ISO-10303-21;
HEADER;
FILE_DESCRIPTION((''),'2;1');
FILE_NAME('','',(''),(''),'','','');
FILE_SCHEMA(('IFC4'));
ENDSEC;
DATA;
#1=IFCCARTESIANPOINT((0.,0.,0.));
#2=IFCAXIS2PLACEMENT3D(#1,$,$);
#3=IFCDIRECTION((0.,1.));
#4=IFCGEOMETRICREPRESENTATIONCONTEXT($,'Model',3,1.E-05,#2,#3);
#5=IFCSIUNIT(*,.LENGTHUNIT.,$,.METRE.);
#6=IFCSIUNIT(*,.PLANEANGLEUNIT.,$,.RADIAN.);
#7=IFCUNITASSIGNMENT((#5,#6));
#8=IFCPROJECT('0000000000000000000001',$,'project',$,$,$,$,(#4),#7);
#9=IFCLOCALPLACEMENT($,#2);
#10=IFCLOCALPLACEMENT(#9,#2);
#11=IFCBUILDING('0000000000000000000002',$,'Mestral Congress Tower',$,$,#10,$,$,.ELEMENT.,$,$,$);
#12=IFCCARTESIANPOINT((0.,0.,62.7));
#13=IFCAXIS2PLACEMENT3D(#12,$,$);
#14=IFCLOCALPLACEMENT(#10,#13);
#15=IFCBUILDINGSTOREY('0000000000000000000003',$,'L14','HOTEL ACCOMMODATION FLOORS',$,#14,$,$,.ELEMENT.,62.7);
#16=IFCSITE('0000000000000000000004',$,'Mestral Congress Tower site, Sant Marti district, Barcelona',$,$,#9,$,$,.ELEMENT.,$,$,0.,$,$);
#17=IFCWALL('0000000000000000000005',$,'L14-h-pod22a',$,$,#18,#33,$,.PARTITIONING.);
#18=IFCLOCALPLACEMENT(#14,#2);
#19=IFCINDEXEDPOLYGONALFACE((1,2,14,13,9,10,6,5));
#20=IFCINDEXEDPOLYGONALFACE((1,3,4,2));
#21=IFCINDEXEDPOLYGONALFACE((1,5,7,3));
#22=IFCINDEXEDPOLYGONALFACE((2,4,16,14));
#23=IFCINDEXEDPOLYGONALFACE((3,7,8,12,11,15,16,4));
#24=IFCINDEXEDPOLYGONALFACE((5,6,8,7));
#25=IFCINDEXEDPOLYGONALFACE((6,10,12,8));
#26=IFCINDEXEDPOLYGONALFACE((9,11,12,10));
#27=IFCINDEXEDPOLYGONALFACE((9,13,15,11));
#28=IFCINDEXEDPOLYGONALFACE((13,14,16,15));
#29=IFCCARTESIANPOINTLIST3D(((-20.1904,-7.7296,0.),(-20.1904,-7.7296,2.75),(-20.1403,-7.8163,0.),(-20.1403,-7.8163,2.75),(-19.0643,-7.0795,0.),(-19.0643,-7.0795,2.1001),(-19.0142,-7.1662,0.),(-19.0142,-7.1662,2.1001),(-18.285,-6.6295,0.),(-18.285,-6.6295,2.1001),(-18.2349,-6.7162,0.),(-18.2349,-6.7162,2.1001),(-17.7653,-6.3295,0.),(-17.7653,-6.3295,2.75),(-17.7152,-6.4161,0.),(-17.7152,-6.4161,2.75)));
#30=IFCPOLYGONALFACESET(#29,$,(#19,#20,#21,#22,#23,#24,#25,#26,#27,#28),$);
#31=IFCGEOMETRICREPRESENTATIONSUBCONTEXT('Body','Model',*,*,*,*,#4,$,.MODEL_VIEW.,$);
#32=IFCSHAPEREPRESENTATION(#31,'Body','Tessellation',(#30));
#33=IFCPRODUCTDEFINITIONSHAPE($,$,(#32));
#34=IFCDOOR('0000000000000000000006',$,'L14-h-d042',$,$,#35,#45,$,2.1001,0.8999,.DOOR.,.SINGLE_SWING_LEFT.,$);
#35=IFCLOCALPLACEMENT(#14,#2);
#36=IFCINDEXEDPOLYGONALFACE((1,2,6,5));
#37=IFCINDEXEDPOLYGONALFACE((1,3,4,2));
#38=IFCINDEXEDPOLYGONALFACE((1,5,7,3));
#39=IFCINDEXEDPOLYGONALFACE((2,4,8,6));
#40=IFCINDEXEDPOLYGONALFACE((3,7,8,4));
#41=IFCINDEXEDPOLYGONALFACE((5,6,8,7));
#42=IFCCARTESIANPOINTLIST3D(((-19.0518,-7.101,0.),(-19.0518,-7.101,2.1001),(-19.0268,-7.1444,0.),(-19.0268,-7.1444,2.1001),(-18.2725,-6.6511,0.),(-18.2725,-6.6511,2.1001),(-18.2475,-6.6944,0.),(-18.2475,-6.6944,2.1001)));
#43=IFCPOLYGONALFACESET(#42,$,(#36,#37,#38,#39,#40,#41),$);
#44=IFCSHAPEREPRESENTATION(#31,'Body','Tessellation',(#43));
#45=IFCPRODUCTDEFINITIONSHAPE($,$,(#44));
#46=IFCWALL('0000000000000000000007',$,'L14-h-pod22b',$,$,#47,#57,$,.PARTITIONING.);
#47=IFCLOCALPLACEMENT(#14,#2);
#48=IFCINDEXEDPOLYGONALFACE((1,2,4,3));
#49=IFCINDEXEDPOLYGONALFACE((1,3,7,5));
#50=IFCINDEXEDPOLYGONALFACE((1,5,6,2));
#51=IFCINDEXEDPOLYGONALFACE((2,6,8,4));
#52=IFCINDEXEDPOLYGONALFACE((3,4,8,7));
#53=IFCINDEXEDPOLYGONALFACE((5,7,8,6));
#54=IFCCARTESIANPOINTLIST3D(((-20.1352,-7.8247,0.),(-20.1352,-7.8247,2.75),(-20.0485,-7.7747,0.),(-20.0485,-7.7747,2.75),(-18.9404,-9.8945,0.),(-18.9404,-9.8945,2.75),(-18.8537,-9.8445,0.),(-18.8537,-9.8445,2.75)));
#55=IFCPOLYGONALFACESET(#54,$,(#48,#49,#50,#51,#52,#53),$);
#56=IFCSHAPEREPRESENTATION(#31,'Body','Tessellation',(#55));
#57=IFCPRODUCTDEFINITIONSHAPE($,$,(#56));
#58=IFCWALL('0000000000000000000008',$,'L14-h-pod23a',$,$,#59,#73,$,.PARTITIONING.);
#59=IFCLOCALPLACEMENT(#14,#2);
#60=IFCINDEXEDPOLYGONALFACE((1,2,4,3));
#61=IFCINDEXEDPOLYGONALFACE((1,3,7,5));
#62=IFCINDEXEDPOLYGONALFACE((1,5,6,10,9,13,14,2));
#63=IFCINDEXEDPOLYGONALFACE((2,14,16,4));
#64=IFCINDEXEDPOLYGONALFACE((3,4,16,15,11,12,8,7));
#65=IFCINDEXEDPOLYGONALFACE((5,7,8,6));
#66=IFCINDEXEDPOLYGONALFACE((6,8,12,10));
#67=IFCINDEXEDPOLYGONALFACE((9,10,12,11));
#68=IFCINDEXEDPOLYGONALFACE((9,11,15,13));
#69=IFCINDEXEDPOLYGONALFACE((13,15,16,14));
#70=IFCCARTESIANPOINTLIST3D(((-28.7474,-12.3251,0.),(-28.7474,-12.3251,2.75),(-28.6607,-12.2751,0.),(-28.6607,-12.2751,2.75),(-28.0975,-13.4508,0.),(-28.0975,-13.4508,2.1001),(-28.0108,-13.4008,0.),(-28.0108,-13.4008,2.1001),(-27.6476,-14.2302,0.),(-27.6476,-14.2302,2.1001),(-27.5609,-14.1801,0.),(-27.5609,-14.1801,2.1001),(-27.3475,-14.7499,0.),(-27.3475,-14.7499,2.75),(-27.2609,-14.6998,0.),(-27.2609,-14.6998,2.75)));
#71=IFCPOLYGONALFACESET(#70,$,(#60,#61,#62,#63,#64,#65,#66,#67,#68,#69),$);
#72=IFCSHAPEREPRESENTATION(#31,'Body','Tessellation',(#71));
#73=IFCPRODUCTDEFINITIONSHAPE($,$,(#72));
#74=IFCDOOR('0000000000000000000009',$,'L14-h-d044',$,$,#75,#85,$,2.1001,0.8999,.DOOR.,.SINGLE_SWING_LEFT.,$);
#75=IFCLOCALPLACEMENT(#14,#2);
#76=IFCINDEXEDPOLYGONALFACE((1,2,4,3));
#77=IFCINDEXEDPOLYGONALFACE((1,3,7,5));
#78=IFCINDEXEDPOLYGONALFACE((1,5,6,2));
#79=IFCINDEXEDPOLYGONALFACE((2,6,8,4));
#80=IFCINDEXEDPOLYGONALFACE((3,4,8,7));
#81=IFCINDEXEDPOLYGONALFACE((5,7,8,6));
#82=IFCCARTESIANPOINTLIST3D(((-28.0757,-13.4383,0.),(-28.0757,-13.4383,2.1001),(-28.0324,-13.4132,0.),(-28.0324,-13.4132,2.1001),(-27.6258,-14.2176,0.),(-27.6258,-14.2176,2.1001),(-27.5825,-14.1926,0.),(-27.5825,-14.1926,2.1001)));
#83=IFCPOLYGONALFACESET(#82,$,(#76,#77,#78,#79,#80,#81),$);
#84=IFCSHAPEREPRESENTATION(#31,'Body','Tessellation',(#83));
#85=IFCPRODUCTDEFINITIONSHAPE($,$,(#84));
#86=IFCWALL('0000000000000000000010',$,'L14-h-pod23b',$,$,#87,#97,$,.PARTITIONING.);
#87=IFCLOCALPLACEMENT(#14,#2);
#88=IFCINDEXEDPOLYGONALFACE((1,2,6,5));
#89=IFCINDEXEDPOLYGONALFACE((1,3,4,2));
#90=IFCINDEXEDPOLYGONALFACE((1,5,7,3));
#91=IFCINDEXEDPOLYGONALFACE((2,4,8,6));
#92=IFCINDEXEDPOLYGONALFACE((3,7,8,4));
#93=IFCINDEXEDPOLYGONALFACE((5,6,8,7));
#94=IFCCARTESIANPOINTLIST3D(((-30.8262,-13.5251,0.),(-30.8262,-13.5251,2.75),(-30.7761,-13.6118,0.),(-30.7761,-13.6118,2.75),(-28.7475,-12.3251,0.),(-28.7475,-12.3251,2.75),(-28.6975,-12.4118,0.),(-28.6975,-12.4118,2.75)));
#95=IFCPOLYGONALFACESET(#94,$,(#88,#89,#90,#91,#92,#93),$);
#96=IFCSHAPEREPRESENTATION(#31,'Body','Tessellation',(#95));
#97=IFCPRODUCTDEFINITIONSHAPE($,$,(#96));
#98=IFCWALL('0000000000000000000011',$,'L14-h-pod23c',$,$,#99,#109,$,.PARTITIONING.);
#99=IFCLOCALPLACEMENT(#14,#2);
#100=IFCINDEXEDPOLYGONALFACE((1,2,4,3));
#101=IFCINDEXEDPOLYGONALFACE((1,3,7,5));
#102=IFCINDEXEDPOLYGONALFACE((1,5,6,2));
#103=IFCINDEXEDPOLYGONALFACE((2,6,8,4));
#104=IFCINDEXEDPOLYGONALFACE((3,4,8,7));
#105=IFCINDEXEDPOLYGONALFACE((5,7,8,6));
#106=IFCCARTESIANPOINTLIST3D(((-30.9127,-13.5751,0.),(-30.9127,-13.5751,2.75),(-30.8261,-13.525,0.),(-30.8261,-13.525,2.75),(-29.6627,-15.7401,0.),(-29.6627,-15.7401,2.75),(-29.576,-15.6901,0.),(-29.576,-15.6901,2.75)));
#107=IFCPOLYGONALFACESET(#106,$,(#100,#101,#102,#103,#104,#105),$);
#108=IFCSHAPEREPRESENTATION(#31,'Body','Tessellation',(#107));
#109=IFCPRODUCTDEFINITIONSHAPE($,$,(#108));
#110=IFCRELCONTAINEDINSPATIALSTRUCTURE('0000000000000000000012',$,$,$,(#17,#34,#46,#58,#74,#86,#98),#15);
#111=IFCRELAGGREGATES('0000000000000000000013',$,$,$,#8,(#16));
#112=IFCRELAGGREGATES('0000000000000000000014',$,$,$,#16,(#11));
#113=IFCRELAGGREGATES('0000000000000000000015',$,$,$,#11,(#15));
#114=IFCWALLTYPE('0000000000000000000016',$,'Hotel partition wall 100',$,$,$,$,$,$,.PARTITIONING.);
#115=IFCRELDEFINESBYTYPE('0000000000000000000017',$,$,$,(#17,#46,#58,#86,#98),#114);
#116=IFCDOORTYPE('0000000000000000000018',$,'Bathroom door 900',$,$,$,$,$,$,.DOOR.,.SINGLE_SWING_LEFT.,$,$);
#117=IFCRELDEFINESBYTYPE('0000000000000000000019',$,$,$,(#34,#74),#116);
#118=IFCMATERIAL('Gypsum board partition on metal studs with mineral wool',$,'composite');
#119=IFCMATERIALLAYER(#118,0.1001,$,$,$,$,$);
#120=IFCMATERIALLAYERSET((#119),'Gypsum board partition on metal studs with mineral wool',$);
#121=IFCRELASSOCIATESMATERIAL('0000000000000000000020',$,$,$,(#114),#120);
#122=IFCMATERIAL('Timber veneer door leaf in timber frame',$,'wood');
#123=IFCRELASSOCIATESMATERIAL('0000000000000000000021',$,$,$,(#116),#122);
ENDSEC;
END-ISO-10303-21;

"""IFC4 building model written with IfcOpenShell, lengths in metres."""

from ifc_helpers import new_model, si_unit, direction, frame, frame_2d, origin, place, context, subcontext, project, spatial, rectangle, extrude, material, layer, layer_set, type_object, element, fill, save


model = new_model("IFC4")

# Units and contexts
model_context = context("Model", 3, precision=1e-05, world=origin(), true_north=direction((0.0, 1.0)))
body_context = subcontext(model_context, "Body", "Model", "MODEL_VIEW")
ifc_project = project(units=[si_unit("LENGTHUNIT", "METRE"), si_unit("PLANEANGLEUNIT", "RADIAN")], contexts=[model_context])

# Site, building, storey
site_placement = place(None, origin())
site = spatial("IfcSite", under=ifc_project, at=site_placement, Name="Mestral Congress Tower site, Sant Marti district, Barcelona", CompositionType="ELEMENT", RefElevation=0.0)
building_placement = place(site_placement, origin())
building = spatial("IfcBuilding", under=site, at=building_placement, Name="Mestral Congress Tower", CompositionType="ELEMENT")
storey_placement = place(building_placement, frame((0.0, 0.0, 62.7)))
storey = spatial("IfcBuildingStorey", under=building, at=storey_placement, Name="L14", Description="HOTEL ACCOMMODATION FLOORS", CompositionType="ELEMENT", Elevation=62.7)

# Shared definitions
ifc_material_1 = material(Name="Gypsum board partition on metal studs with mineral wool", Category="composite")
ifc_layer_1 = layer(ifc_material_1, 0.1001)
ifc_layer_set_1 = layer_set([ifc_layer_1], Name="Gypsum board partition on metal studs with mineral wool")
wall_type_1 = type_object("IfcWallType", Name="Hotel partition wall 100", PredefinedType="PARTITIONING", material=ifc_layer_set_1)

# Wall, opening, door
wall_1_placement = place(storey_placement, frame((-17.7402, -6.3728, 0.0), z_axis=(0.0, 0.0, 1.0), x_axis=(-0.866019, -0.500012, 0.0)))
wall_1 = element("IfcWall", 1, at=wall_1_placement, inside=storey, type_object=wall_type_1, Name="L14-h-pod22a", PredefinedType="PARTITIONING", context=body_context, shape_type="SweptSolid", body=[
    extrude(rectangle(XDim=2.8003, YDim=0.1001, at=frame_2d((1.4001, 0.0))), origin(), (0.0, 0.0, 1.0), 2.75),
])
opening_1_placement = place(wall_1_placement, frame((0.6001, 0.0, 0.0)))
opening_1 = element("IfcOpeningElement", 2, at=opening_1_placement, cuts=wall_1, PredefinedType="OPENING", context=body_context, shape_type="SweptSolid", body=[
    extrude(rectangle(XDim=0.8999, YDim=2.1001, at=frame_2d((0.45, 1.05))), frame((0.0, 0.0601, 0.0), z_axis=(0.0, -1.0, 0.0), x_axis=(1.0, 0.0, 0.0)), (0.0, 0.0, 1.0), 0.1201),
])
ifc_material_2 = material(Name="Timber veneer door leaf in timber frame", Category="wood")
door_type_1 = type_object("IfcDoorType", Name="Bathroom door 900", OperationType="SINGLE_SWING_LEFT", PredefinedType="DOOR", material=ifc_material_2)
door_1_placement = place(opening_1_placement, origin())
door_1 = element("IfcDoor", 3, at=door_1_placement, inside=storey, type_object=door_type_1, Name="L14-h-d042", OperationType="SINGLE_SWING_LEFT", OverallHeight=2.1001, OverallWidth=0.8999, PredefinedType="DOOR", context=body_context, shape_type="SweptSolid", body=[
    extrude(rectangle(XDim=0.8999, YDim=2.1001, at=frame_2d((0.45, 1.05))), frame((0.0, 0.0249, 0.0), z_axis=(0.0, -1.0, 0.0), x_axis=(1.0, 0.0, 0.0)), (0.0, 0.0, 1.0), 0.05),
])
fill(opening_1, door_1)

# Wall
wall_2_placement = place(storey_placement, frame((-20.0918, -7.7998, 0.0), z_axis=(0.0, 0.0, 1.0), x_axis=(0.499941, -0.86606, 0.0)))
element("IfcWall", 4, at=wall_2_placement, inside=storey, type_object=wall_type_1, Name="L14-h-pod22b", PredefinedType="PARTITIONING", context=body_context, shape_type="SweptSolid", body=[
    extrude(rectangle(XDim=2.3899, YDim=0.1001, at=frame_2d((1.1948, 0.0))), origin(), (0.0, 0.0, 1.0), 2.75),
])

# Wall, opening, door
wall_3_placement = place(storey_placement, frame((-27.3042, -14.7249, 0.0), z_axis=(0.0, 0.0, 1.0), x_axis=(-0.499984, 0.866035, 0.0)))
wall_3 = element("IfcWall", 5, at=wall_3_placement, inside=storey, type_object=wall_type_1, Name="L14-h-pod23a", PredefinedType="PARTITIONING", context=body_context, shape_type="SweptSolid", body=[
    extrude(rectangle(XDim=2.7998, YDim=0.1001, at=frame_2d((1.3999, 0.0))), origin(), (0.0, 0.0, 1.0), 2.75),
])
opening_2_placement = place(wall_3_placement, frame((0.6001, 0.0, 0.0)))
opening_2 = element("IfcOpeningElement", 6, at=opening_2_placement, cuts=wall_3, PredefinedType="OPENING", context=body_context, shape_type="SweptSolid", body=[
    extrude(rectangle(XDim=0.8999, YDim=2.1001, at=frame_2d((0.45, 1.05))), frame((0.0, 0.0601, 0.0), z_axis=(0.0, -1.0, 0.0), x_axis=(1.0, 0.0, 0.0)), (0.0, 0.0, 1.0), 0.1201),
])
door_2_placement = place(opening_2_placement, origin())
door_2 = element("IfcDoor", 7, at=door_2_placement, inside=storey, type_object=door_type_1, Name="L14-h-d044", OperationType="SINGLE_SWING_LEFT", OverallHeight=2.1001, OverallWidth=0.8999, PredefinedType="DOOR", context=body_context, shape_type="SweptSolid", body=[
    extrude(rectangle(XDim=0.8999, YDim=2.1001, at=frame_2d((0.45, 1.05))), frame((0.0, 0.0249, 0.0), z_axis=(0.0, -1.0, 0.0), x_axis=(1.0, 0.0, 0.0)), (0.0, 0.0, 1.0), 0.05),
])
fill(opening_2, door_2)

# Walls
wall_4_placement = place(storey_placement, frame((-28.7224, -12.3684, 0.0), z_axis=(0.0, 0.0, 1.0), x_axis=(-0.86605, -0.499957, 0.0)))
element("IfcWall", 8, at=wall_4_placement, inside=storey, type_object=wall_type_1, Name="L14-h-pod23b", PredefinedType="PARTITIONING", context=body_context, shape_type="SweptSolid", body=[
    extrude(rectangle(XDim=2.4001, YDim=0.1001, at=frame_2d((1.2002, 0.0))), origin(), (0.0, 0.0, 1.0), 2.75),
])
wall_5_placement = place(storey_placement, frame((-29.6194, -15.7151, 0.0), z_axis=(0.0, 0.0, 1.0), x_axis=(-0.500004, 0.866023, 0.0)))
element("IfcWall", 9, at=wall_5_placement, inside=storey, type_object=wall_type_1, Name="L14-h-pod23c", PredefinedType="PARTITIONING", context=body_context, shape_type="SweptSolid", body=[
    extrude(rectangle(XDim=2.5, YDim=0.1001, at=frame_2d((1.25, 0.0))), origin(), (0.0, 0.0, 1.0), 2.75),
])

save(model, "model.ifc")
